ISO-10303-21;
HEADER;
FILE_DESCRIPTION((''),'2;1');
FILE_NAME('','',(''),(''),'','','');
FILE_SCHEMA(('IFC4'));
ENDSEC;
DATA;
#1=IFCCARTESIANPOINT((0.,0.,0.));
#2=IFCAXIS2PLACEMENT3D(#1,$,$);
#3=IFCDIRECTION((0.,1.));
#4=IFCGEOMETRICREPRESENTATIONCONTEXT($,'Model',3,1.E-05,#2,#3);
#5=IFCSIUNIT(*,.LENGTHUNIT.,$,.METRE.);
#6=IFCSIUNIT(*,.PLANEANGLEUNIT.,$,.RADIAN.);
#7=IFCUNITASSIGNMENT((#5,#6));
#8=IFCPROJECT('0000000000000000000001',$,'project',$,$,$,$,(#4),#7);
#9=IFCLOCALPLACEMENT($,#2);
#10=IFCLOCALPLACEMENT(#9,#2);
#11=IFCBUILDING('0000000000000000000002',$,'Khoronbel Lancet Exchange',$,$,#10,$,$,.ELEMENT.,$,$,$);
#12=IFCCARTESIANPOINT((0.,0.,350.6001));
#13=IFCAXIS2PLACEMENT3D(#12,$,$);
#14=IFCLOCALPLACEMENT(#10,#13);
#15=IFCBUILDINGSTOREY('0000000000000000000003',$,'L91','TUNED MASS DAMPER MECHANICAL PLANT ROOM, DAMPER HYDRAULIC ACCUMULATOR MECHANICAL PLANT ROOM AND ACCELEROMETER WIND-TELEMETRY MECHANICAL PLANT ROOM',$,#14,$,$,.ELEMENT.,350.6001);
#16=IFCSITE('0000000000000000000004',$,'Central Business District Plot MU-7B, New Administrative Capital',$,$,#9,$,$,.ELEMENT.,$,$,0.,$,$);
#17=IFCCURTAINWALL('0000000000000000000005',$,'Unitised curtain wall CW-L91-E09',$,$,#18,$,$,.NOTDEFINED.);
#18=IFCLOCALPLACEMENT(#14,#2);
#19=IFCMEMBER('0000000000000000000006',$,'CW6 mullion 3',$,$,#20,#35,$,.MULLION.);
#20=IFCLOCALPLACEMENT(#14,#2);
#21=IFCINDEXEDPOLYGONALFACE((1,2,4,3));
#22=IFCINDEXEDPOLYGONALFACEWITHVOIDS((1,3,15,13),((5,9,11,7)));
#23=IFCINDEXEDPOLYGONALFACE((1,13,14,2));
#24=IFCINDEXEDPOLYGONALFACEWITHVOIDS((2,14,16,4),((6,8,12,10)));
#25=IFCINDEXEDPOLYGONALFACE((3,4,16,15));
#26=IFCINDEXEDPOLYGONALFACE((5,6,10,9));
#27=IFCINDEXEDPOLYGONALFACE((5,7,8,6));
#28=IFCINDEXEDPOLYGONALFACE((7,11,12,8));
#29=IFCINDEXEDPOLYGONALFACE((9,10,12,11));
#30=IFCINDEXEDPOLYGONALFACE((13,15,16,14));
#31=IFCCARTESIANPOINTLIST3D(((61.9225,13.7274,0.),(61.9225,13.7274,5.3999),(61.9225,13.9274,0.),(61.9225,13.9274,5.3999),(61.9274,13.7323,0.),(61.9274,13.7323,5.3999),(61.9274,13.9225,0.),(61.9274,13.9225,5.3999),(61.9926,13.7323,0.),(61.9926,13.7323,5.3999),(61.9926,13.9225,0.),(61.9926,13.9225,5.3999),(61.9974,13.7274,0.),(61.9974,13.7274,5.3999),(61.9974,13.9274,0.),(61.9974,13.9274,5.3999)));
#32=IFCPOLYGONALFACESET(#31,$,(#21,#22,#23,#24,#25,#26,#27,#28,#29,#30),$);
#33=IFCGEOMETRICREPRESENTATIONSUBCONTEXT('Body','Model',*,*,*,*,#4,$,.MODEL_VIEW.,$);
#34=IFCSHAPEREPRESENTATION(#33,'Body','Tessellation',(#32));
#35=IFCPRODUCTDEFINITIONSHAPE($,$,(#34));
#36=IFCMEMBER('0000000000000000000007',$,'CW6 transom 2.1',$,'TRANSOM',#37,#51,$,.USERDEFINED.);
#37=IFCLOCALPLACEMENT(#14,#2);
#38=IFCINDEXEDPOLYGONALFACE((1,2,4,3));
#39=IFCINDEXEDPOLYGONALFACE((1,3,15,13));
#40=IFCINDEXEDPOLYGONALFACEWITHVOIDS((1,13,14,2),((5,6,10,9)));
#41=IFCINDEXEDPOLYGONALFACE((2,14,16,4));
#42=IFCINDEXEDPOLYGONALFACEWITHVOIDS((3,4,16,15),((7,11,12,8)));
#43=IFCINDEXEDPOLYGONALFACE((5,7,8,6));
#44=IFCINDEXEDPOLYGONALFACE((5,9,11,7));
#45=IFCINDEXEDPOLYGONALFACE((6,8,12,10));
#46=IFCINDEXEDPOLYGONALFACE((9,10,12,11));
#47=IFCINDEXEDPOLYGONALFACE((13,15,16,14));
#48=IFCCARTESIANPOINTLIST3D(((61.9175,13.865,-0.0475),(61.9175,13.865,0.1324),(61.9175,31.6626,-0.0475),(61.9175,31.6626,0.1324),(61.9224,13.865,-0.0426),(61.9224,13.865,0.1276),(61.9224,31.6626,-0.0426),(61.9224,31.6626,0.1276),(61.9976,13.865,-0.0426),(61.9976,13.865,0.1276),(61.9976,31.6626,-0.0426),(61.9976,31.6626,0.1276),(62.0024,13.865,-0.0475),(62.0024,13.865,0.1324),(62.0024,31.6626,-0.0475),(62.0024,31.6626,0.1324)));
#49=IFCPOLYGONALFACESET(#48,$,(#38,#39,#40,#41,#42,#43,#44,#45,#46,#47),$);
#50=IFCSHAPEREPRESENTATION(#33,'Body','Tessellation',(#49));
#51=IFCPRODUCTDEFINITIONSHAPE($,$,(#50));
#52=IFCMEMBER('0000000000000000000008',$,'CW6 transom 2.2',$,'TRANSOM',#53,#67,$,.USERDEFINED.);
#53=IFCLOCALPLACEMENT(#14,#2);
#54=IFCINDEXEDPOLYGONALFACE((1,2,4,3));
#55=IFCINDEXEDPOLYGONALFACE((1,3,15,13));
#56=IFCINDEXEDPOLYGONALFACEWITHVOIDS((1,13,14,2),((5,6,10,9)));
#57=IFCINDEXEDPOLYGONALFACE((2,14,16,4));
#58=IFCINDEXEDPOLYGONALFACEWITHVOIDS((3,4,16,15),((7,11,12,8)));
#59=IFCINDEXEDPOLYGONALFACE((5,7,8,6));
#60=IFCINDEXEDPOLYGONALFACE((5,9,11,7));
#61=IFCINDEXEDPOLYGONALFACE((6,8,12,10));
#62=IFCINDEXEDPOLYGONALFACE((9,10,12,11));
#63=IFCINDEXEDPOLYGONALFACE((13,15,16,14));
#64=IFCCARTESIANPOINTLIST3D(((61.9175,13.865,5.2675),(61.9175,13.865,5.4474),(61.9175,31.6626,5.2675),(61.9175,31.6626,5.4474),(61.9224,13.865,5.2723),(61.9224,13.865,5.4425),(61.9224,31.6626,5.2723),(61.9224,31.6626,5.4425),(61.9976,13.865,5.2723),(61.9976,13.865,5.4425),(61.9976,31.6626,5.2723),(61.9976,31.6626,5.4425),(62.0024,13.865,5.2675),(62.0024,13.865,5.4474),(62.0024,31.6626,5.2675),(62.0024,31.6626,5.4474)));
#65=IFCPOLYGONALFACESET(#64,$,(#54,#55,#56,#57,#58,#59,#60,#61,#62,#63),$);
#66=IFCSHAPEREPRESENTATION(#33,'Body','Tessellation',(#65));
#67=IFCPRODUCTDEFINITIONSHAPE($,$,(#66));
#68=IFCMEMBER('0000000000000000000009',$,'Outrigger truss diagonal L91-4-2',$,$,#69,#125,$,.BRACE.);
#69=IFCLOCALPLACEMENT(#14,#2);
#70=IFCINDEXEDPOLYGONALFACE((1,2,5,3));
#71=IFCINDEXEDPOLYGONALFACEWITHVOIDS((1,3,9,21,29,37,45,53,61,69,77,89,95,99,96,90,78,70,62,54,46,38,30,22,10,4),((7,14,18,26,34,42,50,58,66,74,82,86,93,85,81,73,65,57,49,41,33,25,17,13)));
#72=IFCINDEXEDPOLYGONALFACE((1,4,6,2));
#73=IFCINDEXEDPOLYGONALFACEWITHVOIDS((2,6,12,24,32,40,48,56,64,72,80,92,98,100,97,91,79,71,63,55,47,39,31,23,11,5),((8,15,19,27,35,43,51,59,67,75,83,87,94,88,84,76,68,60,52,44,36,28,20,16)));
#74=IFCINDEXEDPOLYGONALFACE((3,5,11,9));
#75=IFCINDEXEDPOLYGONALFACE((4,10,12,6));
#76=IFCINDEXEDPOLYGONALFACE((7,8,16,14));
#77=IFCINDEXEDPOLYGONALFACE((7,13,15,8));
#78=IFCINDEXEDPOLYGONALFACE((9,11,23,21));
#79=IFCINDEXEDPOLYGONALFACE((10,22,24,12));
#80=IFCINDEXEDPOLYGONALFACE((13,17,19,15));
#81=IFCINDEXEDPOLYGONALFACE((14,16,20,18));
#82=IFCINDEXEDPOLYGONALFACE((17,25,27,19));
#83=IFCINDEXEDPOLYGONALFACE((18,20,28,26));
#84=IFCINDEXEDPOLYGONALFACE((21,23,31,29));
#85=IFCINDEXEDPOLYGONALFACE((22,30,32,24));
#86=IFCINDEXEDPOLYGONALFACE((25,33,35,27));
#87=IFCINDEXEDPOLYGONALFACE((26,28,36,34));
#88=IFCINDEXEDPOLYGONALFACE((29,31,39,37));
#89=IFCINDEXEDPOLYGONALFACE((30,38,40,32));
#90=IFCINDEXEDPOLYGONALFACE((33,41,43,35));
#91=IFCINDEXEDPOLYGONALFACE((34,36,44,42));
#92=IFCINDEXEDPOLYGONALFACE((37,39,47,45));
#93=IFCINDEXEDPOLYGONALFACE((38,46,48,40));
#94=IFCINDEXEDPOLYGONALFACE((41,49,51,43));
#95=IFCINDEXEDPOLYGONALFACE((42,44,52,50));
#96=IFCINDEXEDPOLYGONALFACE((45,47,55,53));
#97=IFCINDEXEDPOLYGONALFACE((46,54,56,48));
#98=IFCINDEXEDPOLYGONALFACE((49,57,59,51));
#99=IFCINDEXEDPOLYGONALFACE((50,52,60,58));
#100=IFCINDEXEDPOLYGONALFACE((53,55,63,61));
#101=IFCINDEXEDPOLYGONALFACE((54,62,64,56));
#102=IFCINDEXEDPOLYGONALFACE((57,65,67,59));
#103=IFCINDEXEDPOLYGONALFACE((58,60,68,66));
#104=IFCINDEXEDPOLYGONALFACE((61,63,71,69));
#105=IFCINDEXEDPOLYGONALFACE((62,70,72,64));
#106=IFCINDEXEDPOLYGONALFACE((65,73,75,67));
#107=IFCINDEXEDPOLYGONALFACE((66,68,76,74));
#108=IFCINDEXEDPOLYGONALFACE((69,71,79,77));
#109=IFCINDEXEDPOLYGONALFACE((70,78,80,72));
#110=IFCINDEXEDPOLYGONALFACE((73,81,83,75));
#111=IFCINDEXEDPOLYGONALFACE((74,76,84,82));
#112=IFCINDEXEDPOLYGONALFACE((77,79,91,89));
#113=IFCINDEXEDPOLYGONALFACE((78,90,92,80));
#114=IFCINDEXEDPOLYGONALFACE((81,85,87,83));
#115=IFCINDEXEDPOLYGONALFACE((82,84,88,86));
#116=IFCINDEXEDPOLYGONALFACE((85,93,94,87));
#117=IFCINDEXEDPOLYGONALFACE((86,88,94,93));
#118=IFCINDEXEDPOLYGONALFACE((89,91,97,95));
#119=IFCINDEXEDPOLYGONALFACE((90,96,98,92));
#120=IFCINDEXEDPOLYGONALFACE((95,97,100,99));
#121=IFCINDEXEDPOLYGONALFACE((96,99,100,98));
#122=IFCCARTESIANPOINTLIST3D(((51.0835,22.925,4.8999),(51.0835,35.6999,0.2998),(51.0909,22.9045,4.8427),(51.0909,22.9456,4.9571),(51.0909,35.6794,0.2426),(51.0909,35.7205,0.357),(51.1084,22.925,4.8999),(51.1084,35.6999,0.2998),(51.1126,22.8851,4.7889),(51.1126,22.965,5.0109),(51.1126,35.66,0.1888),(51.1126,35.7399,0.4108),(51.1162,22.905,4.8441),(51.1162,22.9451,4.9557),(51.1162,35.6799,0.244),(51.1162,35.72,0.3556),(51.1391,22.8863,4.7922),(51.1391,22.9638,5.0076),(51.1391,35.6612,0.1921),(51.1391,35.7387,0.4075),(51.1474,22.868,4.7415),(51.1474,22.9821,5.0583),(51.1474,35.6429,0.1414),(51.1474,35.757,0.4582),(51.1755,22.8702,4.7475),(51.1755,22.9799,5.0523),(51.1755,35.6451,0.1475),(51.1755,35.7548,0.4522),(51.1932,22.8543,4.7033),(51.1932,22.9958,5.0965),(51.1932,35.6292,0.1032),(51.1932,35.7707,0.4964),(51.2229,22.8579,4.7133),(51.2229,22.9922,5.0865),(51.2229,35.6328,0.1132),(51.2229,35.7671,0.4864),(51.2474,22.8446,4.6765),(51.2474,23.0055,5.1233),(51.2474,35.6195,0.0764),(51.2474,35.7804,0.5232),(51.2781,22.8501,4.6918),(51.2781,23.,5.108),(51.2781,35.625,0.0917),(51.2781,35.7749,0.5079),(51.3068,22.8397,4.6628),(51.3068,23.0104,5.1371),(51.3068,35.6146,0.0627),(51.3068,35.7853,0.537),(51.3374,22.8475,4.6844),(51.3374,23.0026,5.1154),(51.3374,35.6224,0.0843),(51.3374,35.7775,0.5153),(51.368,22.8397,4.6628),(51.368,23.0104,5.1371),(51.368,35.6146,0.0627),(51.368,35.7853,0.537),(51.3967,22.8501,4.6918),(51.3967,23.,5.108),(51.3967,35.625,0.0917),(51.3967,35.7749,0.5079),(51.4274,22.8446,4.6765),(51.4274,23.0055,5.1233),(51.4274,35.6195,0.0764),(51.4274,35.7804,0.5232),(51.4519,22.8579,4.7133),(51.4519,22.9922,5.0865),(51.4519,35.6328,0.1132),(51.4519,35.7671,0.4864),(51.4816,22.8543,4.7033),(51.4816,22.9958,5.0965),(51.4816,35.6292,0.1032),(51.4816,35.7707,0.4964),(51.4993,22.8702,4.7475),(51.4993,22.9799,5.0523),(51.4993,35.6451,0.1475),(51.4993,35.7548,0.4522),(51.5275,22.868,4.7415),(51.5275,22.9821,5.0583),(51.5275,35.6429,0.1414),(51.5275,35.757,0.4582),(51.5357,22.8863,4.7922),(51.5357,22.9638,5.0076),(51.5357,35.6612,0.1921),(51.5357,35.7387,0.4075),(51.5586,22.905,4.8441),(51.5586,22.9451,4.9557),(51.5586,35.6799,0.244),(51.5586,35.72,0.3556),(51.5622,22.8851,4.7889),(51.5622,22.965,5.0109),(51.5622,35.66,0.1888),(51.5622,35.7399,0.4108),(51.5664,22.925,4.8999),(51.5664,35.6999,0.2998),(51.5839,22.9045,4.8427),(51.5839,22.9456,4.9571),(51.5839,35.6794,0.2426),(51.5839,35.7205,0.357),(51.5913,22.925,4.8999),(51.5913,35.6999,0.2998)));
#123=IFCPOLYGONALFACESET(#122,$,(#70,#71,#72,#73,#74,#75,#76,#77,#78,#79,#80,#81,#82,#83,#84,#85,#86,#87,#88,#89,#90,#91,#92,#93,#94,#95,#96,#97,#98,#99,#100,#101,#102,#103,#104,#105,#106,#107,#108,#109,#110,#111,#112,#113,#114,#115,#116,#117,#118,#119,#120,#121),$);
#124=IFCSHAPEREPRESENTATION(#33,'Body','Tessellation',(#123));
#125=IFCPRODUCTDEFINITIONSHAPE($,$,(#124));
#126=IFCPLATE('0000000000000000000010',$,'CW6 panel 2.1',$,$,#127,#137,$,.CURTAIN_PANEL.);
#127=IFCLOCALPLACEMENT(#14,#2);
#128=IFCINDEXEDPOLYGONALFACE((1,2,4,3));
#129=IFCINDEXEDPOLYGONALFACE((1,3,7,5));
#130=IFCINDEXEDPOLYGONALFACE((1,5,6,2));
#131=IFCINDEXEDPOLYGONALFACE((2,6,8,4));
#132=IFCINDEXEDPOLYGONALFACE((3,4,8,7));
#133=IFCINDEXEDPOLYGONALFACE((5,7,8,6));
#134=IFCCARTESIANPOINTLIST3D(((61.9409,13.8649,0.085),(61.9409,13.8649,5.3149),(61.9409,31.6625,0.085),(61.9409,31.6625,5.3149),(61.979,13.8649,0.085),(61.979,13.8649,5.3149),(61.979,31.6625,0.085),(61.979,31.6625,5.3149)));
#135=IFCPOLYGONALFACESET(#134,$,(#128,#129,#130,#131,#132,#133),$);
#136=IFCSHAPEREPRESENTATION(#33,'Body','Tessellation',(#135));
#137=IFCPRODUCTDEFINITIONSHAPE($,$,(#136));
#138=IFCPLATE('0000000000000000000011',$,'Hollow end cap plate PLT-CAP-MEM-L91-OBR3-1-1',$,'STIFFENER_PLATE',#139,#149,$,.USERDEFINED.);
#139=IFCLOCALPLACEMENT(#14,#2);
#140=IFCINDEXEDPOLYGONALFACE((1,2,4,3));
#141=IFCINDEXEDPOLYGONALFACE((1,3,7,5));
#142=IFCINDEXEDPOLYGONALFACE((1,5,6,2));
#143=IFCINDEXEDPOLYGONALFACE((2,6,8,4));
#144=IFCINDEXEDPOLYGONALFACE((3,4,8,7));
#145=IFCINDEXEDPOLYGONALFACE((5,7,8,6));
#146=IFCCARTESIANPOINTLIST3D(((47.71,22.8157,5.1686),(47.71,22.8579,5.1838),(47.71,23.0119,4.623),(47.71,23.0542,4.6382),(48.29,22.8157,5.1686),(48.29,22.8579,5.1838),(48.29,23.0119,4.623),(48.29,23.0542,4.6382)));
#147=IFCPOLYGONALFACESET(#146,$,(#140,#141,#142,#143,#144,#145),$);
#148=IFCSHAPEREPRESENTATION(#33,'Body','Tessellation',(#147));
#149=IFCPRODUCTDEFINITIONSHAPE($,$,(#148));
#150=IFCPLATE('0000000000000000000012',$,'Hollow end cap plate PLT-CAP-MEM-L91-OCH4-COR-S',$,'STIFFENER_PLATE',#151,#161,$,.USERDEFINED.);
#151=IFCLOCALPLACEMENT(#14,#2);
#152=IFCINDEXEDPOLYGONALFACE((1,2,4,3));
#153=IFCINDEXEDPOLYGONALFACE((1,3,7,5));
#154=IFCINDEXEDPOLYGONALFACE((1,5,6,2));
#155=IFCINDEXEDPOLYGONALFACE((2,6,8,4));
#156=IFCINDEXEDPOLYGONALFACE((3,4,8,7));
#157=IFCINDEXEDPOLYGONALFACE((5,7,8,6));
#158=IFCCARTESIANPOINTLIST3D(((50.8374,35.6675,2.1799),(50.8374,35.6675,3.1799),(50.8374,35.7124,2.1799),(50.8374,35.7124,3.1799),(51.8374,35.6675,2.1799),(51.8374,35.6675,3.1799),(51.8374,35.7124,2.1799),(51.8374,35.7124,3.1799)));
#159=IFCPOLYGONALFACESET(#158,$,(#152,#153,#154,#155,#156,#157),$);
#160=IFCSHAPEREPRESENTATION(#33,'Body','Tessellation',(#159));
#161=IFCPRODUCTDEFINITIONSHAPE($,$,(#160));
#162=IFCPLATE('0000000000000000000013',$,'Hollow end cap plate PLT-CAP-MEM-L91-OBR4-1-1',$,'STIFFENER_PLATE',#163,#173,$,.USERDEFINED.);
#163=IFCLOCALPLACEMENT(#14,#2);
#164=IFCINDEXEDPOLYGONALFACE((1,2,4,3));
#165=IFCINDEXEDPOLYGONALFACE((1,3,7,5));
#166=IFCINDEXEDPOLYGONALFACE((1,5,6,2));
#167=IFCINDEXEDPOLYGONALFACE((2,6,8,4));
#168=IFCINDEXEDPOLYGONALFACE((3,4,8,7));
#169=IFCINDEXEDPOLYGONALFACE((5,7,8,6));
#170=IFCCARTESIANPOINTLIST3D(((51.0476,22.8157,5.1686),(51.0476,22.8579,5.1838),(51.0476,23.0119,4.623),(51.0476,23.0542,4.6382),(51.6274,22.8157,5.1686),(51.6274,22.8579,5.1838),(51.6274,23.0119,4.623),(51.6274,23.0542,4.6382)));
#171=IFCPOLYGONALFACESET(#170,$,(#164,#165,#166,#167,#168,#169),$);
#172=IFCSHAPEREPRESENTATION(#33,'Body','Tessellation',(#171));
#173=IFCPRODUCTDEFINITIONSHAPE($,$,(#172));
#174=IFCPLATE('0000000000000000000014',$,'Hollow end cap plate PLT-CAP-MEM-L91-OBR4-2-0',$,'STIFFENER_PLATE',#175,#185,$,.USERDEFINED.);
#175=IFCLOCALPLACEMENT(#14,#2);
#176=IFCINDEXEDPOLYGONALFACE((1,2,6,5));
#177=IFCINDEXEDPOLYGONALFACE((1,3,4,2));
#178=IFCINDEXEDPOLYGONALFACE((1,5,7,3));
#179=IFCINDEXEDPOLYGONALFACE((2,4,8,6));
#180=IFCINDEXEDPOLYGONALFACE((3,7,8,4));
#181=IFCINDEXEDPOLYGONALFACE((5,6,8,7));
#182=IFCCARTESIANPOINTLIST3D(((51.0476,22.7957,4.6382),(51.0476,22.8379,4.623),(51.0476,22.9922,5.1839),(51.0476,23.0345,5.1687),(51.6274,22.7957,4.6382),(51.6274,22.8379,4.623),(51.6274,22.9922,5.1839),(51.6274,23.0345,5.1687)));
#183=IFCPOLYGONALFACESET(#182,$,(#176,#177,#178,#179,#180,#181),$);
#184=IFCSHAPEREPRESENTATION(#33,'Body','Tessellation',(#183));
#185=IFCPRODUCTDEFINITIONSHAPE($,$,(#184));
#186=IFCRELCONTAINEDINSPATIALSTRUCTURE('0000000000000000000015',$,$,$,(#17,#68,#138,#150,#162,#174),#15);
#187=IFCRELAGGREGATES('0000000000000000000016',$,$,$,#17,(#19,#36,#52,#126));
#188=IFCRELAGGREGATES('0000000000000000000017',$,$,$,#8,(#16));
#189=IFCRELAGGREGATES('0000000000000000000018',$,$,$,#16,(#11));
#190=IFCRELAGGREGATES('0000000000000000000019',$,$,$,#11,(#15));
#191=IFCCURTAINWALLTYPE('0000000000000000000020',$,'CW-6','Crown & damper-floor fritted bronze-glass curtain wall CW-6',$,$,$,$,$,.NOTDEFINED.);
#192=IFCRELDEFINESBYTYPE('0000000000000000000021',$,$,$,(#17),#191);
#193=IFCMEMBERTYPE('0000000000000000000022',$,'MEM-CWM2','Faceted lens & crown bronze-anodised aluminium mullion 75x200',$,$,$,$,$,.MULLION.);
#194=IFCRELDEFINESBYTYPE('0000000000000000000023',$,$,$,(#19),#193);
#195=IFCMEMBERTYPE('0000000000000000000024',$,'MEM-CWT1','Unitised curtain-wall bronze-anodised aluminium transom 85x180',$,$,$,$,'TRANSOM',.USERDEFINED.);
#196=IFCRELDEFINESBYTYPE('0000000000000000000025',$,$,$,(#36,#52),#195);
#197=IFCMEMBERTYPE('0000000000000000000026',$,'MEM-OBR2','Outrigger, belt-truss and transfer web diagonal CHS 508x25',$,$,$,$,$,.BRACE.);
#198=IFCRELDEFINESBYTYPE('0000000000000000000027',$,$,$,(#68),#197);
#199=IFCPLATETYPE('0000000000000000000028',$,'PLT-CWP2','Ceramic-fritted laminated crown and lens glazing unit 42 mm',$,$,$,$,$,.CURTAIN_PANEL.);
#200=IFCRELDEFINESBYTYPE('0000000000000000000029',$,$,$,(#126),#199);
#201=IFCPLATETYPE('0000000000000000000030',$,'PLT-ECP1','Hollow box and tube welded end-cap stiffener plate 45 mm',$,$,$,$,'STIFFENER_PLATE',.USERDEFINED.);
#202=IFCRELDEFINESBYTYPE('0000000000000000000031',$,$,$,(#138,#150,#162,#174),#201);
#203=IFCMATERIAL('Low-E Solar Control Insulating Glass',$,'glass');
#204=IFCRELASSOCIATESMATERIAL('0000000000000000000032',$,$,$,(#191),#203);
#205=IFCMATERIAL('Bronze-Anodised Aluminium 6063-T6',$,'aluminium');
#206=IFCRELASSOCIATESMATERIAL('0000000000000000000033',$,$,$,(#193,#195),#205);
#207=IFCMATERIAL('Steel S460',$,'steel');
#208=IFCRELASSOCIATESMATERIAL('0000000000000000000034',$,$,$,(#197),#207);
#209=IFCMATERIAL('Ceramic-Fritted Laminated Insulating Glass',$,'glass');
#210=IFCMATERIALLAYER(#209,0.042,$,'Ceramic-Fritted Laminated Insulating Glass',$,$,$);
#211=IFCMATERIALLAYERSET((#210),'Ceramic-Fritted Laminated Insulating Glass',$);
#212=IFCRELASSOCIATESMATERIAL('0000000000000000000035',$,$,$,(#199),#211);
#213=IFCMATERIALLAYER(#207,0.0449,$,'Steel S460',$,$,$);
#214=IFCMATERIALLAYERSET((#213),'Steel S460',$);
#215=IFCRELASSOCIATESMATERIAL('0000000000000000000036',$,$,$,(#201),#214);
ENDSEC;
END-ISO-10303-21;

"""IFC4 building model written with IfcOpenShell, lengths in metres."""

from ifc_helpers import new_model, si_unit, direction, frame, origin, origin_2d, place, context, subcontext, project, spatial, polyline, rectangle, hollow_rectangle, hollow_circle, outline, extrude, material, layer, layer_set, material_profile, profile_set, type_object, element, aggregate, save


model = new_model("IFC4")

# Units and contexts
model_context = context("Model", 3, precision=1e-05, world=origin(), true_north=direction((0.0, 1.0)))
body_context = subcontext(model_context, "Body", "Model", "MODEL_VIEW")
ifc_project = project(units=[si_unit("LENGTHUNIT", "METRE"), si_unit("PLANEANGLEUNIT", "RADIAN")], contexts=[model_context])

# Site, building, storey
site_placement = place(None, origin())
site = spatial("IfcSite", under=ifc_project, at=site_placement, Name="Central Business District Plot MU-7B, New Administrative Capital", CompositionType="ELEMENT", RefElevation=0.0)
building_placement = place(site_placement, origin())
building = spatial("IfcBuilding", under=site, at=building_placement, Name="Khoronbel Lancet Exchange", CompositionType="ELEMENT")
storey_placement = place(building_placement, frame((0.0, 0.0, 350.6001)))
storey = spatial("IfcBuildingStorey", under=building, at=storey_placement, Name="L91", Description="TUNED MASS DAMPER MECHANICAL PLANT ROOM, DAMPER HYDRAULIC ACCUMULATOR MECHANICAL PLANT ROOM AND ACCELEROMETER WIND-TELEMETRY MECHANICAL PLANT ROOM", CompositionType="ELEMENT", Elevation=350.6001)

# Curtain wall, members
ifc_material_1 = material(Name="Low-E Solar Control Insulating Glass", Category="glass")
curtain_wall_type = type_object("IfcCurtainWallType", Name="CW-6", Description="Crown & damper-floor fritted bronze-glass curtain wall CW-6", PredefinedType="NOTDEFINED", material=ifc_material_1)
curtain_wall_placement = place(storey_placement, origin())
curtain_wall = element("IfcCurtainWall", 1, at=curtain_wall_placement, inside=storey, type_object=curtain_wall_type, Name="Unitised curtain wall CW-L91-E09", PredefinedType="NOTDEFINED")
ifc_material_2 = material(Name="Bronze-Anodised Aluminium 6063-T6", Category="aluminium")
ifc_material_profile_1 = material_profile(ifc_material_2, hollow_rectangle(XDim=0.075, YDim=0.2, WallThickness=0.0049, at=origin_2d()), Name="ALU MULLION 75x200")
ifc_profile_set_1 = profile_set([ifc_material_profile_1], Name="Bronze-Anodised Aluminium 6063-T6")
member_type_1 = type_object("IfcMemberType", Name="MEM-CWM2", Description="Faceted lens & crown bronze-anodised aluminium mullion 75x200", PredefinedType="MULLION", material=ifc_profile_set_1)
member_1_placement = place(storey_placement, frame((61.96, 13.8274, 0.0), z_axis=(0.0, 0.0, 1.0), x_axis=(1.0, 0.0, 0.0)))
member_1 = element("IfcMember", 2, at=member_1_placement, type_object=member_type_1, Name="CW6 mullion 3", PredefinedType="MULLION", context=body_context, shape_type="SweptSolid", body=[
    extrude(hollow_rectangle(XDim=0.075, YDim=0.2, WallThickness=0.0049, at=origin_2d()), origin(), (0.0, 0.0, 1.0), 5.3999),
])
ifc_material_profile_2 = material_profile(ifc_material_2, hollow_rectangle(XDim=0.085, YDim=0.1799, WallThickness=0.0049, at=origin_2d()), Name="ALU TRANSOM 85x180")
ifc_profile_set_2 = profile_set([ifc_material_profile_2], Name="Bronze-Anodised Aluminium 6063-T6")
member_type_2 = type_object("IfcMemberType", Name="MEM-CWT1", Description="Unitised curtain-wall bronze-anodised aluminium transom 85x180", ElementType="TRANSOM", PredefinedType="USERDEFINED", material=ifc_profile_set_2)
member_2_placement = place(storey_placement, frame((61.96, 31.6626, 0.0425), z_axis=(0.0, -1.0, 0.0), x_axis=(1.0, 0.0, 0.0)))
member_2 = element("IfcMember", 3, at=member_2_placement, type_object=member_type_2, Name="CW6 transom 2.1", ObjectType="TRANSOM", PredefinedType="USERDEFINED", context=body_context, shape_type="SweptSolid", body=[
    extrude(hollow_rectangle(XDim=0.085, YDim=0.1799, WallThickness=0.0049, at=origin_2d()), origin(), (0.0, 0.0, 1.0), 17.7976),
])
member_3_placement = place(storey_placement, frame((61.96, 31.6626, 5.3574), z_axis=(0.0, -1.0, 0.0), x_axis=(1.0, 0.0, 0.0)))
member_3 = element("IfcMember", 4, at=member_3_placement, type_object=member_type_2, Name="CW6 transom 2.2", ObjectType="TRANSOM", PredefinedType="USERDEFINED", context=body_context, shape_type="SweptSolid", body=[
    extrude(hollow_rectangle(XDim=0.085, YDim=0.1799, WallThickness=0.0049, at=origin_2d()), origin(), (0.0, 0.0, 1.0), 17.7976),
])

# Member
ifc_material_3 = material(Name="Steel S460", Category="steel")
ifc_material_profile_3 = material_profile(ifc_material_3, hollow_circle(Radius=0.2539, WallThickness=0.0249, at=origin_2d()), Name="CHS 508x25")
ifc_profile_set_3 = profile_set([ifc_material_profile_3], Name="Steel S460")
member_type_3 = type_object("IfcMemberType", Name="MEM-OBR2", Description="Outrigger, belt-truss and transfer web diagonal CHS 508x25", PredefinedType="BRACE", material=ifc_profile_set_3)
member_4_placement = place(storey_placement, frame((51.3374, 22.925, 4.8999), z_axis=(0.0, 0.940861, -0.338793), x_axis=(-1.0, 0.0, 0.0)))
element("IfcMember", 5, at=member_4_placement, inside=storey, type_object=member_type_3, Name="Outrigger truss diagonal L91-4-2", PredefinedType="BRACE", context=body_context, shape_type="SweptSolid", body=[
    extrude(hollow_circle(Radius=0.2539, WallThickness=0.0249, at=origin_2d()), origin(), (0.0, 0.0, 1.0), 13.5779),
])

# Plate
ifc_material_4 = material(Name="Ceramic-Fritted Laminated Insulating Glass", Category="glass")
ifc_layer_1 = layer(ifc_material_4, 0.042, Name="Ceramic-Fritted Laminated Insulating Glass")
ifc_layer_set_1 = layer_set([ifc_layer_1], Name="Ceramic-Fritted Laminated Insulating Glass")
plate_type_1 = type_object("IfcPlateType", Name="PLT-CWP2", Description="Ceramic-fritted laminated crown and lens glazing unit 42 mm", PredefinedType="CURTAIN_PANEL", material=ifc_layer_set_1)
plate_1_placement = place(storey_placement, frame((61.96, 22.7637, 0.085), z_axis=(0.0, 0.0, 1.0), x_axis=(0.0, -1.0, 0.0)))
plate_1 = element("IfcPlate", 6, at=plate_1_placement, type_object=plate_type_1, Name="CW6 panel 2.1", PredefinedType="CURTAIN_PANEL", context=body_context, shape_type="SweptSolid", body=[
    extrude(rectangle(XDim=17.7976, YDim=0.0381, at=origin_2d()), origin(), (0.0, 0.0, 1.0), 5.23),
])
aggregate(curtain_wall, [member_1, member_2, member_3, plate_1])

# Plates
ifc_layer_2 = layer(ifc_material_3, 0.0449, Name="Steel S460")
ifc_layer_set_2 = layer_set([ifc_layer_2], Name="Steel S460")
plate_type_2 = type_object("IfcPlateType", Name="PLT-ECP1", Description="Hollow box and tube welded end-cap stiffener plate 45 mm", ElementType="STIFFENER_PLATE", PredefinedType="USERDEFINED", material=ifc_layer_set_2)
plate_2_placement = place(storey_placement, frame((48.29, 23.0542, 4.6382), z_axis=(0.0, 0.940968, 0.338496), x_axis=(-1.0, 0.0, 0.0)))
element("IfcPlate", 7, at=plate_2_placement, inside=storey, type_object=plate_type_2, Name="Hollow end cap plate PLT-CAP-MEM-L91-OBR3-1-1", ObjectType="STIFFENER_PLATE", PredefinedType="USERDEFINED", context=body_context, shape_type="SweptSolid", body=[
    extrude(outline(polyline([(0.0, 0.0), (0.5801, 0.0), (0.5801, 0.5798), (0.0, 0.5798), (0.0, 0.0)])), origin(), (0.0, 0.0, -1.0), 0.0449),
])
plate_3_placement = place(storey_placement, frame((51.3374, 35.6899, 2.1799), z_axis=(0.0, 0.0, 1.0), x_axis=(0.0, -1.0, 0.0)))
element("IfcPlate", 8, at=plate_3_placement, inside=storey, type_object=plate_type_2, Name="Hollow end cap plate PLT-CAP-MEM-L91-OCH4-COR-S", ObjectType="STIFFENER_PLATE", PredefinedType="USERDEFINED", context=body_context, shape_type="SweptSolid", body=[
    extrude(rectangle(XDim=0.0449, YDim=1.0, at=origin_2d()), origin(), (0.0, 0.0, 1.0), 1.0),
])
plate_4_placement = place(storey_placement, frame((51.6274, 23.0542, 4.6382), z_axis=(0.0, 0.940968, 0.338496), x_axis=(-1.0, 0.0, 0.0)))
element("IfcPlate", 9, at=plate_4_placement, inside=storey, type_object=plate_type_2, Name="Hollow end cap plate PLT-CAP-MEM-L91-OBR4-1-1", ObjectType="STIFFENER_PLATE", PredefinedType="USERDEFINED", context=body_context, shape_type="SweptSolid", body=[
    extrude(outline(polyline([(0.0, 0.0), (0.5798, 0.0), (0.5798, 0.5798), (0.0, 0.5798), (0.0, 0.0)])), origin(), (0.0, 0.0, -1.0), 0.0449),
])
for number, where, z_axis, x_axis, name in (
    (10, (51.0476, 22.7957, 4.6382), (0.0, -0.940834, 0.338869), (1.0, 0.0, 0.0), "Hollow end cap plate PLT-CAP-MEM-L91-OBR4-2-0"),
):
    element("IfcPlate", number, at=place(storey_placement, frame(where, z_axis=z_axis, x_axis=x_axis)), inside=storey, type_object=plate_type_2, Name=name, ObjectType="STIFFENER_PLATE", PredefinedType="USERDEFINED", context=body_context, shape_type="SweptSolid", body=[
        extrude(outline(polyline([(0.0, 0.0), (0.5798, 0.0), (0.5798, 0.5801), (0.0, 0.5801), (0.0, 0.0)])), origin(), (0.0, 0.0, -1.0), 0.0449),
    ])

save(model, "model.ifc")
